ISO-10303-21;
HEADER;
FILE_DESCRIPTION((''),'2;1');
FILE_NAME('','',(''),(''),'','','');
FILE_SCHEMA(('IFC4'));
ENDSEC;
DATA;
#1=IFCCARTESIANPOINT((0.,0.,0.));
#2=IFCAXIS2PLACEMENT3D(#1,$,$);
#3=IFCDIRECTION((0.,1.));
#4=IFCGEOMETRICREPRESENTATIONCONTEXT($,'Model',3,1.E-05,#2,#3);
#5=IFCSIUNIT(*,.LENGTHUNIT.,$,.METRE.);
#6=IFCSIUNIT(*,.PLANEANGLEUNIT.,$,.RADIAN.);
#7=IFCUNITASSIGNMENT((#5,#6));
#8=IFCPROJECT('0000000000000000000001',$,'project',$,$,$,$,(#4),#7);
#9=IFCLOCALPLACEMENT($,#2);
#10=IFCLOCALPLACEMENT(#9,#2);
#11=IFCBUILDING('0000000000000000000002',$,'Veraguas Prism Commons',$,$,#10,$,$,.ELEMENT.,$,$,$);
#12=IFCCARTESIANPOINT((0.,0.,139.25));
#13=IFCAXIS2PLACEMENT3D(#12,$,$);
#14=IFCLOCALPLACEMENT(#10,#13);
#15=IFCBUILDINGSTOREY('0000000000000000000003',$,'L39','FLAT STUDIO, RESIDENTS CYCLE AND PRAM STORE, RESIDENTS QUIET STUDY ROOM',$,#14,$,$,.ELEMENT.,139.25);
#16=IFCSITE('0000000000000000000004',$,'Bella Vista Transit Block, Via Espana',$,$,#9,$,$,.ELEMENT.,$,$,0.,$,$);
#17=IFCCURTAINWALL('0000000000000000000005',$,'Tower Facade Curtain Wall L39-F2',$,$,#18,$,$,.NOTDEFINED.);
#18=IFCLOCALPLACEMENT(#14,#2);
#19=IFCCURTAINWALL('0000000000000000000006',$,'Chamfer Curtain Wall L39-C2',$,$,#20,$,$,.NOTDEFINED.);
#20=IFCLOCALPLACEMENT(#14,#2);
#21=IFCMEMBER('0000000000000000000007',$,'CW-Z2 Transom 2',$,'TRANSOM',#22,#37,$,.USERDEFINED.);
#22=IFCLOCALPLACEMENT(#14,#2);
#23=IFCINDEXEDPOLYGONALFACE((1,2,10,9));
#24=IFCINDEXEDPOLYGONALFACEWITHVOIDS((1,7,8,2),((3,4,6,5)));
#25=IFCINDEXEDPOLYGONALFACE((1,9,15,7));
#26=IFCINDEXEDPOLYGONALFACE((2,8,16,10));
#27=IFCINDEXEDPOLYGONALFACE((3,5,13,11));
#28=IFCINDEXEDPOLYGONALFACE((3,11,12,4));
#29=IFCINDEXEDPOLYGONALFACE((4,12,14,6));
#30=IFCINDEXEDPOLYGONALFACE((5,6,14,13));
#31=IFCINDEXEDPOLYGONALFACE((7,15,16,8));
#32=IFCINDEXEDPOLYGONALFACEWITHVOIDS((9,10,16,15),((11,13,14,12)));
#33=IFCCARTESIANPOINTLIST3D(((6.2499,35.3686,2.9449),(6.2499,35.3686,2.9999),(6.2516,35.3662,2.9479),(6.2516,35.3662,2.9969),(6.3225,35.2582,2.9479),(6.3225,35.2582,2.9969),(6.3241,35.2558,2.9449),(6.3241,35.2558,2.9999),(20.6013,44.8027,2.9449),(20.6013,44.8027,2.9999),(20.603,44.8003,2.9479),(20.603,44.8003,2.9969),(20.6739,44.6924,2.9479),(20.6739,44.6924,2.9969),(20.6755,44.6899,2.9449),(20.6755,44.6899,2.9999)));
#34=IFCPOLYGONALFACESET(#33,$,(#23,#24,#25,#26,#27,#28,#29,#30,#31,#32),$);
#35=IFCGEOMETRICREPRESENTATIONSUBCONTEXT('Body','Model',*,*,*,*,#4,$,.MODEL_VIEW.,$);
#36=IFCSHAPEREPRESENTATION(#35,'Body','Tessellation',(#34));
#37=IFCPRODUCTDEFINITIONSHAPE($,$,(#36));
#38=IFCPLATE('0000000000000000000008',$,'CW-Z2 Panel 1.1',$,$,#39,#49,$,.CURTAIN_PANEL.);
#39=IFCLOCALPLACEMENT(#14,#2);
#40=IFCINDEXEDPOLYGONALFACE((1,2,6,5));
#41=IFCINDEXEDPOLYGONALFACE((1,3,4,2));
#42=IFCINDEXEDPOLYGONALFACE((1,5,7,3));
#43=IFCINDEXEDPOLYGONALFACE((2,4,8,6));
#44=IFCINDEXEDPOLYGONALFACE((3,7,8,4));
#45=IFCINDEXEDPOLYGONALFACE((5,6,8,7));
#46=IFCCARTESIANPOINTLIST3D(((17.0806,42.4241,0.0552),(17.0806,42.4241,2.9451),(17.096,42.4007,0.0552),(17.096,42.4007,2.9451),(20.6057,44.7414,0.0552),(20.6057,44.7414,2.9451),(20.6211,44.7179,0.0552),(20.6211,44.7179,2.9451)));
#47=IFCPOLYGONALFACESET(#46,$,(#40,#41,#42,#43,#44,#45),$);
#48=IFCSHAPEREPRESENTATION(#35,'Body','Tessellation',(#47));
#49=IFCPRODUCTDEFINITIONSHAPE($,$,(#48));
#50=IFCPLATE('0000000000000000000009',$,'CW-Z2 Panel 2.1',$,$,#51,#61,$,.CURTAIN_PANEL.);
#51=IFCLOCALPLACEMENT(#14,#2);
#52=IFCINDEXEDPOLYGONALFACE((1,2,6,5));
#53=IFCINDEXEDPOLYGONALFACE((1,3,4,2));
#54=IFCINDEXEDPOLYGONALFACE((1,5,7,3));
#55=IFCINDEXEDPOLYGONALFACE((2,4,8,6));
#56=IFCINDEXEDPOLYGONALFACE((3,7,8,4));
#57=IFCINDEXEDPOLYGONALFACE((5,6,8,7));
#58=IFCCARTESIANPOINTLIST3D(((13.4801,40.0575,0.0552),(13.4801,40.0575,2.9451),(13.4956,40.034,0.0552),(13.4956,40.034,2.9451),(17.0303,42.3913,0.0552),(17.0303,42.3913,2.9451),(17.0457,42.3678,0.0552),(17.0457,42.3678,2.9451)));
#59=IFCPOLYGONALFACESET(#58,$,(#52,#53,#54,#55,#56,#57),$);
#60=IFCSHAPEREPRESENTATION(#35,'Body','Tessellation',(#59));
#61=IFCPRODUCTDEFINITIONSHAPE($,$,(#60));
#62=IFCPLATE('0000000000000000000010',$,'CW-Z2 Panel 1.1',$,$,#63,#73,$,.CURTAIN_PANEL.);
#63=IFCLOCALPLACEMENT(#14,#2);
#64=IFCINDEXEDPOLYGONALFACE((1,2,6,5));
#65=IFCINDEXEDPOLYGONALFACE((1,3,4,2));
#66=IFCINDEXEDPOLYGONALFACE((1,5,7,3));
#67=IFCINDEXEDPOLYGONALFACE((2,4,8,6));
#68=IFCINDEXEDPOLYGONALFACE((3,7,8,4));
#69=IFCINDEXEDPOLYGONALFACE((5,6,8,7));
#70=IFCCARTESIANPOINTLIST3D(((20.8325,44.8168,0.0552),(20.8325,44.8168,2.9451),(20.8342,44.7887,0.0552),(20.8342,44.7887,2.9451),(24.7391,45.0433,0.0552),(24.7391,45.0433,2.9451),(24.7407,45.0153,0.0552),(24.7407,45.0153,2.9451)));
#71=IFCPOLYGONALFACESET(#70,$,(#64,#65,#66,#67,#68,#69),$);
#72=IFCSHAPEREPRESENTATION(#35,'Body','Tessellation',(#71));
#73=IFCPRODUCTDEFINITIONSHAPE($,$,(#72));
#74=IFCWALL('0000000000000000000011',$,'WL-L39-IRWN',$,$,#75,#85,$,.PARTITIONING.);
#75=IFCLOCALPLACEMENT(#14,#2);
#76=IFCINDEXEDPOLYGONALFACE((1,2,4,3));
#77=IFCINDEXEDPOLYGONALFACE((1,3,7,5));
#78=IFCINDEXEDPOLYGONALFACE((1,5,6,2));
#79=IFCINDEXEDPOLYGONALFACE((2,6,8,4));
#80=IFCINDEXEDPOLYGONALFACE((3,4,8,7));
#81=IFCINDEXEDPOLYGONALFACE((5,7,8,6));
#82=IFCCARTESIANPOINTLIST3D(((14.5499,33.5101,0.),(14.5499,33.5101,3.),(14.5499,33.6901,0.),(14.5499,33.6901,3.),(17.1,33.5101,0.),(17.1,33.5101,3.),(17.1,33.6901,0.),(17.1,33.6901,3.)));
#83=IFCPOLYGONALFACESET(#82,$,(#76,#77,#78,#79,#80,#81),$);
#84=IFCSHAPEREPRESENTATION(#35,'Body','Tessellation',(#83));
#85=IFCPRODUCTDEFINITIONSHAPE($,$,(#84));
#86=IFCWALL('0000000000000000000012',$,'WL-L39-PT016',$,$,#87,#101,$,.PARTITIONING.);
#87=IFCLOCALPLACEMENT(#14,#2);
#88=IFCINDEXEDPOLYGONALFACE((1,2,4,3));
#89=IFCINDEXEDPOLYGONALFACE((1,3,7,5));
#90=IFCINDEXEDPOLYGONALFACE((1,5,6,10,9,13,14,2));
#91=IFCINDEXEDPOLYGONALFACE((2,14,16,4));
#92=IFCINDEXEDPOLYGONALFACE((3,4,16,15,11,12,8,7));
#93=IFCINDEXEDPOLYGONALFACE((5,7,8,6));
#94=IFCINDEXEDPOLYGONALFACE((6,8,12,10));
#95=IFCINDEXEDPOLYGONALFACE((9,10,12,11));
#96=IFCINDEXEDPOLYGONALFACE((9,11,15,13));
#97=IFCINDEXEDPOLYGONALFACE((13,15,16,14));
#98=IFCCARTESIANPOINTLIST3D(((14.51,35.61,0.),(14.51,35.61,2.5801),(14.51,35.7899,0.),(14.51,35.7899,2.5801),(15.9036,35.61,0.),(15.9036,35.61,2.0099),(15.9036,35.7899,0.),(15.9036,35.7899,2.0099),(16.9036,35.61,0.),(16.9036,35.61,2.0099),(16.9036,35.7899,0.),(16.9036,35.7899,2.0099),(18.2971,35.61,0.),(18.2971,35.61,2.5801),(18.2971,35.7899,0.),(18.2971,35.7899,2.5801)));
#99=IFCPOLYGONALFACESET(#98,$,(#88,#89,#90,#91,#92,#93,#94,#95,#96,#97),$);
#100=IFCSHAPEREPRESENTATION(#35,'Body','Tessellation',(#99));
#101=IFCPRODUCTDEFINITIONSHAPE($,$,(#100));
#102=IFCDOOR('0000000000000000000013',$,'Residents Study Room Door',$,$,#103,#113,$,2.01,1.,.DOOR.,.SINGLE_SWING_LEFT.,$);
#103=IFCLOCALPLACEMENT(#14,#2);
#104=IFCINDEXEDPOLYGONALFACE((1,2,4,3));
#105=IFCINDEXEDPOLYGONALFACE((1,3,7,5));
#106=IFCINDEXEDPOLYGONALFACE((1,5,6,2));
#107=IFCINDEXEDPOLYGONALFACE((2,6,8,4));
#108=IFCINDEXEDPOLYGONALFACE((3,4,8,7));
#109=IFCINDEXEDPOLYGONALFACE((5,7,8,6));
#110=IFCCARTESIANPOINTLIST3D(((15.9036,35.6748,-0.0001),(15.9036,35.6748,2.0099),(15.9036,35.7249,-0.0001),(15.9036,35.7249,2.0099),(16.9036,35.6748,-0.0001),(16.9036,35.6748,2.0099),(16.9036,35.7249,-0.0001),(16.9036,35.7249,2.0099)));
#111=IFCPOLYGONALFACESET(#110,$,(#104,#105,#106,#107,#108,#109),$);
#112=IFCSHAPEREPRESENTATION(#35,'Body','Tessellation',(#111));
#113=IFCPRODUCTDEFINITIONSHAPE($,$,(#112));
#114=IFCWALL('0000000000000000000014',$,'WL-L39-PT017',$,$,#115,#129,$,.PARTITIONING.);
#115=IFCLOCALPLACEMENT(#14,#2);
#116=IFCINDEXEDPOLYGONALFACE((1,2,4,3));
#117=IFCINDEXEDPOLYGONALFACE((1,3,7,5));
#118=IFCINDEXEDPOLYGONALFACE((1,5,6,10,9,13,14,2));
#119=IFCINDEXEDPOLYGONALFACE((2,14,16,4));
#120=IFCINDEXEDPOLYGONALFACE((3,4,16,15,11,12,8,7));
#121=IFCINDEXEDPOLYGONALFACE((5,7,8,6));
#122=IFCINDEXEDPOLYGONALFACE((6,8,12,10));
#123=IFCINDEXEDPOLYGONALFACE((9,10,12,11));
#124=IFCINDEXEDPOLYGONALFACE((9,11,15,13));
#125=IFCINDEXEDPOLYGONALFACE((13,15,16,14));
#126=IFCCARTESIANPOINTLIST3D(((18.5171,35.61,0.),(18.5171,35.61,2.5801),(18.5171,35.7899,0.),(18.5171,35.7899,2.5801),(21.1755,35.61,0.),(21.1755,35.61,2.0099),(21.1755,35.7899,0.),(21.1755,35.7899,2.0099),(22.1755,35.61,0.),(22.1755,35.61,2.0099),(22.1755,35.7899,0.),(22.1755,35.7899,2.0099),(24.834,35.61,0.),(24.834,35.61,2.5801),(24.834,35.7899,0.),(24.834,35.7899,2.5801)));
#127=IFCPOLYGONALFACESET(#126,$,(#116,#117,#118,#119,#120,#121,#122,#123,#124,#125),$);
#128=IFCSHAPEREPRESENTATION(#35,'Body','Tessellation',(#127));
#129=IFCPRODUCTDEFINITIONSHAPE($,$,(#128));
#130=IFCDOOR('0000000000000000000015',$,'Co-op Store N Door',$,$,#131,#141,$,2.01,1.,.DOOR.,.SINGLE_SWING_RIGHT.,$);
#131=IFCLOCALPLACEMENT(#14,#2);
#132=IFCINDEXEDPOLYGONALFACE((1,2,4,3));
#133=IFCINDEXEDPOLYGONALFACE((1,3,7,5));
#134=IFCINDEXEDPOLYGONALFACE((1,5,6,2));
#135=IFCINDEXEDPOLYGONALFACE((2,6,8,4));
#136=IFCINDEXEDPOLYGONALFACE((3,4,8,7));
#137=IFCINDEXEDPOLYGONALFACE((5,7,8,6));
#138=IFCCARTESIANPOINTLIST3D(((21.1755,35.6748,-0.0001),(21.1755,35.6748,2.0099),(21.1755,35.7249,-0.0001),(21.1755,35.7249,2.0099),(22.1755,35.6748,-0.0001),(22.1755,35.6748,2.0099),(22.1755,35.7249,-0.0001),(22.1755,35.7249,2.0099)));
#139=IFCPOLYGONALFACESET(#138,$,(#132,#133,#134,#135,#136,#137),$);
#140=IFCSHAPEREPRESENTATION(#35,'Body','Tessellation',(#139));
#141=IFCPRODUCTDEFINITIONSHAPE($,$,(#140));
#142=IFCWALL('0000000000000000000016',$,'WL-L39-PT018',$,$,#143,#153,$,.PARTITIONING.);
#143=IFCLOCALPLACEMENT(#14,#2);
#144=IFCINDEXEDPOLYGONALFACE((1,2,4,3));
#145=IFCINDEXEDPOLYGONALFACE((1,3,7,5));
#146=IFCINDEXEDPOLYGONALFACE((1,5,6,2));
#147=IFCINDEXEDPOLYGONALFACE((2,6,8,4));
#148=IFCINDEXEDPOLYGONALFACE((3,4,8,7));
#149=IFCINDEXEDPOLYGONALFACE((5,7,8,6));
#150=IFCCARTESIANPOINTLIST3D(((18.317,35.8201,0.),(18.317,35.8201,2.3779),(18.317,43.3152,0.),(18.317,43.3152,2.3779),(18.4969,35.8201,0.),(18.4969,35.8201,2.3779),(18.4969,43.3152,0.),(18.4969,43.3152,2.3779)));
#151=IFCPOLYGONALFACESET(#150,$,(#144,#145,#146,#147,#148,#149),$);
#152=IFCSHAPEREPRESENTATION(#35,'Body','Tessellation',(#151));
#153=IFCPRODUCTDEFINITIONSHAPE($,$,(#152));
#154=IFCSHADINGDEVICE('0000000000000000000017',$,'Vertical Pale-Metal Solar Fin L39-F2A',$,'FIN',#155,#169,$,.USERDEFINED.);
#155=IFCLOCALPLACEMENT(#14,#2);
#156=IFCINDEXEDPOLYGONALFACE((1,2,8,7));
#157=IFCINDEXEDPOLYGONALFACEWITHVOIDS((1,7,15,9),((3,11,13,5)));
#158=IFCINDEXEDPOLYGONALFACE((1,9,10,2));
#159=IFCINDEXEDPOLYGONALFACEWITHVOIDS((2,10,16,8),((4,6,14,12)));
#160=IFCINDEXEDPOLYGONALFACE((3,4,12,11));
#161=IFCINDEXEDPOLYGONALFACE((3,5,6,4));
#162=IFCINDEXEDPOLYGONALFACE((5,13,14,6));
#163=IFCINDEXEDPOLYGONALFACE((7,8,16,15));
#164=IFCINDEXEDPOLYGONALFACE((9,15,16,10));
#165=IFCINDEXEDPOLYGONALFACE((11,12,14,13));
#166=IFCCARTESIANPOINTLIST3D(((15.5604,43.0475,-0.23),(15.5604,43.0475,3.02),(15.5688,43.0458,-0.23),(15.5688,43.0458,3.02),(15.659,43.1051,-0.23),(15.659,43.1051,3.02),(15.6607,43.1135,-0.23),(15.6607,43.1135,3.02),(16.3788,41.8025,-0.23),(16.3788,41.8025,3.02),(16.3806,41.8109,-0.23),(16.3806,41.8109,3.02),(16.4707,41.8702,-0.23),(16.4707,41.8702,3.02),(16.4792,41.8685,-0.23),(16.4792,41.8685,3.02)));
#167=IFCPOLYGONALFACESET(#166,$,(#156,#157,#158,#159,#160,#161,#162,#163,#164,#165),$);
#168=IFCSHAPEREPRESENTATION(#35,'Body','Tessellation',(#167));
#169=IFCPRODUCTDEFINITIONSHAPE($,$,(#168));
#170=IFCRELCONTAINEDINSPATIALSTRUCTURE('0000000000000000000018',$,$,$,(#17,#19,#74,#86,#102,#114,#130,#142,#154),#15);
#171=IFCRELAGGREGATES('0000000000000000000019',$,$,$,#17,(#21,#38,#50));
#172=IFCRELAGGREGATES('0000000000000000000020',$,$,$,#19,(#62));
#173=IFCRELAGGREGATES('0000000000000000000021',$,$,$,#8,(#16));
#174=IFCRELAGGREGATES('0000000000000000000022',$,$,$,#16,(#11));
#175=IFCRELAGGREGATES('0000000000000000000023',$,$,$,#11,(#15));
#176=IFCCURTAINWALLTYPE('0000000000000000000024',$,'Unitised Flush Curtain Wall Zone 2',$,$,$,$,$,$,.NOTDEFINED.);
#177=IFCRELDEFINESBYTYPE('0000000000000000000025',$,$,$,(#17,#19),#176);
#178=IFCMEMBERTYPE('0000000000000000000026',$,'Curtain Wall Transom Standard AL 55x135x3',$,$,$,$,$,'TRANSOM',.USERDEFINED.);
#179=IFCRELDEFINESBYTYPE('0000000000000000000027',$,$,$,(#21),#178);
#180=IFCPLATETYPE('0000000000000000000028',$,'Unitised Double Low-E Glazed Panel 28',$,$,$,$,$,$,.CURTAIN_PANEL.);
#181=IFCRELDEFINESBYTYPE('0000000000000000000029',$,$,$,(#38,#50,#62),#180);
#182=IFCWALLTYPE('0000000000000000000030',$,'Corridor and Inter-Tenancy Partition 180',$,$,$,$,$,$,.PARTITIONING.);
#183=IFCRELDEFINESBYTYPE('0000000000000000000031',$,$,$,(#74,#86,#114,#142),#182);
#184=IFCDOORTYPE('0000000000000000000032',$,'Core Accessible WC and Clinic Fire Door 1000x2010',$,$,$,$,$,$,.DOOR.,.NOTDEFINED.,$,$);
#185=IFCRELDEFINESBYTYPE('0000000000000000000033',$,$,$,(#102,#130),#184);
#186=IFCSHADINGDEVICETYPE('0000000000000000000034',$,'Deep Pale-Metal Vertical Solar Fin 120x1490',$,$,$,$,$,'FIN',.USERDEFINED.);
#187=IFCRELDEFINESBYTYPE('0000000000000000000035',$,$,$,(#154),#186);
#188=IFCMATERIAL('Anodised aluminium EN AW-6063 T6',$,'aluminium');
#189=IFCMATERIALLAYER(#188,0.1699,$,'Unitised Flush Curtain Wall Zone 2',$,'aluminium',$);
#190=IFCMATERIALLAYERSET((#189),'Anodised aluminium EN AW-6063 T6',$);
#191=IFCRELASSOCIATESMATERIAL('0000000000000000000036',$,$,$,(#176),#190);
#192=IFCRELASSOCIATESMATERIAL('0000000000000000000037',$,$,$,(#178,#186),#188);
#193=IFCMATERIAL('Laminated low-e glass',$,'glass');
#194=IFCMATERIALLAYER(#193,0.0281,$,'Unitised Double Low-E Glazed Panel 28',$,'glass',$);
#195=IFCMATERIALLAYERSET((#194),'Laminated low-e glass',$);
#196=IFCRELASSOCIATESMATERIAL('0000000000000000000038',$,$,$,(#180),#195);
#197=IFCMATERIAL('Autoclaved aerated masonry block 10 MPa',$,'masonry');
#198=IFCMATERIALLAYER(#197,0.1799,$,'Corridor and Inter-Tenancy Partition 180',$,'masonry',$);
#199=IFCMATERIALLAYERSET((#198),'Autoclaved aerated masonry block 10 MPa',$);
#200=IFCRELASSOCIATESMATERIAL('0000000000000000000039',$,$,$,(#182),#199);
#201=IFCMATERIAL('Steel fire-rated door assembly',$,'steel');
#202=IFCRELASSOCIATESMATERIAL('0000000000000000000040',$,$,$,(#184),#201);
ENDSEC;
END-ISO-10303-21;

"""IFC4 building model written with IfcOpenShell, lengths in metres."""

from ifc_helpers import new_model, si_unit, direction, frame, frame_2d, origin, origin_2d, place, context, subcontext, project, spatial, rectangle, hollow_rectangle, extrude, source, transform, mapped, material, layer, layer_set, material_profile, profile_set, type_object, element, fill, aggregate, save


model = new_model("IFC4")

# Units and contexts
model_context = context("Model", 3, precision=1e-05, world=origin(), true_north=direction((0.0, 1.0)))
body_context = subcontext(model_context, "Body", "Model", "MODEL_VIEW")
ifc_project = project(units=[si_unit("LENGTHUNIT", "METRE"), si_unit("PLANEANGLEUNIT", "RADIAN")], contexts=[model_context])

# Site, building, storey
site_placement = place(None, origin())
site = spatial("IfcSite", under=ifc_project, at=site_placement, Name="Bella Vista Transit Block, Via Espana", CompositionType="ELEMENT", RefElevation=0.0)
building_placement = place(site_placement, origin())
building = spatial("IfcBuilding", under=site, at=building_placement, Name="Veraguas Prism Commons", CompositionType="ELEMENT")
storey_placement = place(building_placement, frame((0.0, 0.0, 139.25)))
storey = spatial("IfcBuildingStorey", under=building, at=storey_placement, Name="L39", Description="FLAT STUDIO, RESIDENTS CYCLE AND PRAM STORE, RESIDENTS QUIET STUDY ROOM", CompositionType="ELEMENT", Elevation=139.25)

# Curtain wall
ifc_material_1 = material(Name="Anodised aluminium EN AW-6063 T6", Category="aluminium")
ifc_layer_1 = layer(ifc_material_1, 0.1699, Name="Unitised Flush Curtain Wall Zone 2", Category="aluminium")
ifc_layer_set_1 = layer_set([ifc_layer_1], Name="Anodised aluminium EN AW-6063 T6")
curtain_wall_type = type_object("IfcCurtainWallType", Name="Unitised Flush Curtain Wall Zone 2", PredefinedType="NOTDEFINED", material=ifc_layer_set_1)
curtain_wall_1_placement = place(storey_placement, origin())
curtain_wall_1 = element("IfcCurtainWall", 1, at=curtain_wall_1_placement, inside=storey, type_object=curtain_wall_type, Name="Tower Facade Curtain Wall L39-F2", PredefinedType="NOTDEFINED")

# Curtain wall
curtain_wall_2_placement = place(storey_placement, origin())
curtain_wall_2 = element("IfcCurtainWall", 2, at=curtain_wall_2_placement, inside=storey, type_object=curtain_wall_type, Name="Chamfer Curtain Wall L39-C2", PredefinedType="NOTDEFINED")

# Member
ifc_material_profile_1 = material_profile(ifc_material_1, hollow_rectangle(XDim=0.0549, YDim=0.135, WallThickness=0.0029, at=origin_2d()), Name="AL55X135X3")
ifc_profile_set_1 = profile_set([ifc_material_profile_1], Name="Anodised aluminium EN AW-6063 T6")
member_type_1 = type_object("IfcMemberType", Name="Curtain Wall Transom Standard AL 55x135x3", ElementType="TRANSOM", PredefinedType="USERDEFINED", material=ifc_profile_set_1)
shared_shape_1 = source(origin(), body_context, "Body", "SweptSolid", [
    extrude(hollow_rectangle(XDim=0.0549, YDim=0.135, WallThickness=0.0029, at=origin_2d()), origin(), (0.0, 0.0, 1.0), 17.1746),
])
member_1_placement = place(storey_placement, frame((20.6384, 44.7463, 2.9724), z_axis=(-0.83562, -0.549309, 0.0), x_axis=(0.0, 0.0, 1.0)))
member_1 = element("IfcMember", 3, at=member_1_placement, type_object=member_type_1, Name="CW-Z2 Transom 2", ObjectType="TRANSOM", PredefinedType="USERDEFINED", context=body_context, shape_type="MappedRepresentation", body=[
    mapped(shared_shape_1, transform((0.0, 0.0, 0.0), scale=1.0)),
])

# Plates
ifc_material_2 = material(Name="Laminated low-e glass", Category="glass")
ifc_layer_2 = layer(ifc_material_2, 0.0281, Name="Unitised Double Low-E Glazed Panel 28", Category="glass")
ifc_layer_set_2 = layer_set([ifc_layer_2], Name="Laminated low-e glass")
plate_type = type_object("IfcPlateType", Name="Unitised Double Low-E Glazed Panel 28", PredefinedType="CURTAIN_PANEL", material=ifc_layer_set_2)
shared_shape_2 = source(origin(), body_context, "Body", "SweptSolid", [
    extrude(rectangle(XDim=4.2185, YDim=0.0281, at=origin_2d()), origin(), (0.0, 0.0, 1.0), 2.8899),
])
plate_1_placement = place(storey_placement, frame((18.8508, 43.571, 0.0552), z_axis=(0.0, 0.0, 1.0), x_axis=(-0.83562, -0.549309, 0.0)))
plate_1 = element("IfcPlate", 4, at=plate_1_placement, type_object=plate_type, Name="CW-Z2 Panel 1.1", PredefinedType="CURTAIN_PANEL", context=body_context, shape_type="MappedRepresentation", body=[
    mapped(shared_shape_2, transform((0.0, 0.0, 0.0), scale=1.0)),
])
shared_shape_3 = source(origin(), body_context, "Body", "SweptSolid", [
    extrude(rectangle(XDim=4.2485, YDim=0.0281, at=origin_2d()), origin(), (0.0, 0.0, 1.0), 2.8899),
])
plate_2_placement = place(storey_placement, frame((15.2629, 41.2126, 0.0552), z_axis=(0.0, 0.0, 1.0), x_axis=(-0.83562, -0.549309, 0.0)))
plate_2 = element("IfcPlate", 5, at=plate_2_placement, type_object=plate_type, Name="CW-Z2 Panel 2.1", PredefinedType="CURTAIN_PANEL", context=body_context, shape_type="MappedRepresentation", body=[
    mapped(shared_shape_3, transform((0.0, 0.0, 0.0), scale=1.0)),
])
aggregate(curtain_wall_1, [member_1, plate_1, plate_2])
shared_shape_4 = source(origin(), body_context, "Body", "SweptSolid", [
    extrude(rectangle(XDim=3.9131, YDim=0.0281, at=origin_2d()), origin(), (0.0, 0.0, 1.0), 2.8899),
])
plate_3_placement = place(storey_placement, frame((22.7866, 44.916, 0.0552), z_axis=(0.0, 0.0, 1.0), x_axis=(-0.998323, -0.057897, 0.0)))
plate_3 = element("IfcPlate", 6, at=plate_3_placement, type_object=plate_type, Name="CW-Z2 Panel 1.1", PredefinedType="CURTAIN_PANEL", context=body_context, shape_type="MappedRepresentation", body=[
    mapped(shared_shape_4, transform((0.0, 0.0, 0.0), scale=1.0)),
])
aggregate(curtain_wall_2, [plate_3])

# Wall
ifc_material_3 = material(Name="Autoclaved aerated masonry block 10 MPa", Category="masonry")
ifc_layer_3 = layer(ifc_material_3, 0.1799, Name="Corridor and Inter-Tenancy Partition 180", Category="masonry")
ifc_layer_set_3 = layer_set([ifc_layer_3], Name="Autoclaved aerated masonry block 10 MPa")
wall_type = type_object("IfcWallType", Name="Corridor and Inter-Tenancy Partition 180", PredefinedType="PARTITIONING", material=ifc_layer_set_3)
wall_1_placement = place(storey_placement, frame((14.55, 33.6001, 0.0), z_axis=(0.0, 0.0, 1.0), x_axis=(1.0, 0.0, 0.0)))
element("IfcWall", 7, at=wall_1_placement, inside=storey, type_object=wall_type, Name="WL-L39-IRWN", PredefinedType="PARTITIONING", context=body_context, shape_type="SweptSolid", body=[
    extrude(rectangle(XDim=2.55, YDim=0.1799, at=frame_2d((1.2749, 0.0))), origin(), (0.0, 0.0, 1.0), 3.0),
])

# Walls, openings, doors
wall_2_placement = place(storey_placement, frame((14.51, 35.7, 0.0), z_axis=(0.0, 0.0, 1.0), x_axis=(1.0, 0.0, 0.0)))
wall_2 = element("IfcWall", 8, at=wall_2_placement, inside=storey, type_object=wall_type, Name="WL-L39-PT016", PredefinedType="PARTITIONING", context=body_context, shape_type="SweptSolid", body=[
    extrude(rectangle(XDim=3.7871, YDim=0.1799, at=frame_2d((1.8936, 0.0))), origin(), (0.0, 0.0, 1.0), 2.5801),
])
opening_1_placement = place(wall_2_placement, frame((1.3936, 0.0, 0.0)))
opening_1 = element("IfcOpeningElement", 9, at=opening_1_placement, cuts=wall_2, PredefinedType="OPENING", context=body_context, shape_type="SweptSolid", body=[
    extrude(rectangle(XDim=1.0, YDim=2.01, at=frame_2d((0.5, 1.0049))), frame((0.0, 0.0999, 0.0), z_axis=(0.0, -1.0, 0.0), x_axis=(1.0, 0.0, 0.0)), (0.0, 0.0, 1.0), 0.2),
])
ifc_material_4 = material(Name="Steel fire-rated door assembly", Category="steel")
door_type = type_object("IfcDoorType", Name="Core Accessible WC and Clinic Fire Door 1000x2010", OperationType="NOTDEFINED", PredefinedType="DOOR", material=ifc_material_4)
shared_shape_5 = source(origin(), body_context, "Body", "SweptSolid", [
    extrude(rectangle(XDim=1.0, YDim=2.01, at=frame_2d((0.5, 1.0049))), frame((0.0, 0.0249, 0.0), z_axis=(0.0, -1.0, 0.0), x_axis=(1.0, 0.0, 0.0)), (0.0, 0.0, 1.0), 0.05),
])
door_1_placement = place(opening_1_placement, origin())
door_1 = element("IfcDoor", 10, at=door_1_placement, inside=storey, type_object=door_type, Name="Residents Study Room Door", OperationType="SINGLE_SWING_LEFT", OverallHeight=2.01, OverallWidth=1.0, PredefinedType="DOOR", context=body_context, shape_type="MappedRepresentation", body=[
    mapped(shared_shape_5, transform((0.0, 0.0, 0.0), scale=1.0)),
])
fill(opening_1, door_1)
wall_3_placement = place(storey_placement, frame((18.5171, 35.7, 0.0), z_axis=(0.0, 0.0, 1.0), x_axis=(1.0, 0.0, 0.0)))
wall_3 = element("IfcWall", 11, at=wall_3_placement, inside=storey, type_object=wall_type, Name="WL-L39-PT017", PredefinedType="PARTITIONING", context=body_context, shape_type="SweptSolid", body=[
    extrude(rectangle(XDim=6.3169, YDim=0.1799, at=frame_2d((3.1584, 0.0))), origin(), (0.0, 0.0, 1.0), 2.5801),
])
opening_2_placement = place(wall_3_placement, frame((2.6584, 0.0, 0.0)))
opening_2 = element("IfcOpeningElement", 12, at=opening_2_placement, cuts=wall_3, PredefinedType="OPENING", context=body_context, shape_type="SweptSolid", body=[
    extrude(rectangle(XDim=1.0, YDim=2.01, at=frame_2d((0.5, 1.0049))), frame((0.0, 0.0999, 0.0), z_axis=(0.0, -1.0, 0.0), x_axis=(1.0, 0.0, 0.0)), (0.0, 0.0, 1.0), 0.2),
])
door_2_placement = place(opening_2_placement, origin())
door_2 = element("IfcDoor", 13, at=door_2_placement, inside=storey, type_object=door_type, Name="Co-op Store N Door", OperationType="SINGLE_SWING_RIGHT", OverallHeight=2.01, OverallWidth=1.0, PredefinedType="DOOR", context=body_context, shape_type="MappedRepresentation", body=[
    mapped(shared_shape_5, transform((0.0, 0.0, 0.0), scale=1.0)),
])
fill(opening_2, door_2)

# Wall
wall_4_placement = place(storey_placement, frame((18.407, 35.8201, 0.0), z_axis=(0.0, 0.0, 1.0), x_axis=(0.0, 1.0, 0.0)))
element("IfcWall", 14, at=wall_4_placement, inside=storey, type_object=wall_type, Name="WL-L39-PT018", PredefinedType="PARTITIONING", context=body_context, shape_type="SweptSolid", body=[
    extrude(rectangle(XDim=7.4951, YDim=0.1799, at=frame_2d((3.7476, 0.0))), origin(), (0.0, 0.0, 1.0), 2.3779),
])

# Shading device
ifc_material_profile_2 = material_profile(ifc_material_1, hollow_rectangle(XDim=0.1201, YDim=1.49, WallThickness=0.0061, at=origin_2d()), Name="FIN120X1490X6")
ifc_profile_set_2 = profile_set([ifc_material_profile_2], Name="Anodised aluminium EN AW-6063 T6")
shading_device_type = type_object("IfcShadingDeviceType", Name="Deep Pale-Metal Vertical Solar Fin 120x1490", ElementType="FIN", PredefinedType="USERDEFINED", material=ifc_profile_set_2)
shading_device_placement = place(storey_placement, frame((16.0198, 42.458, -0.23), z_axis=(0.0, 0.0, 1.0), x_axis=(-0.835617, -0.549313, 0.0)))
element("IfcShadingDevice", 15, at=shading_device_placement, inside=storey, type_object=shading_device_type, Name="Vertical Pale-Metal Solar Fin L39-F2A", ObjectType="FIN", PredefinedType="USERDEFINED", context=body_context, shape_type="SweptSolid", body=[
    extrude(hollow_rectangle(XDim=0.1201, YDim=1.49, WallThickness=0.0061, at=origin_2d()), origin(), (0.0, 0.0, 1.0), 3.25),
])

save(model, "model.ifc")
